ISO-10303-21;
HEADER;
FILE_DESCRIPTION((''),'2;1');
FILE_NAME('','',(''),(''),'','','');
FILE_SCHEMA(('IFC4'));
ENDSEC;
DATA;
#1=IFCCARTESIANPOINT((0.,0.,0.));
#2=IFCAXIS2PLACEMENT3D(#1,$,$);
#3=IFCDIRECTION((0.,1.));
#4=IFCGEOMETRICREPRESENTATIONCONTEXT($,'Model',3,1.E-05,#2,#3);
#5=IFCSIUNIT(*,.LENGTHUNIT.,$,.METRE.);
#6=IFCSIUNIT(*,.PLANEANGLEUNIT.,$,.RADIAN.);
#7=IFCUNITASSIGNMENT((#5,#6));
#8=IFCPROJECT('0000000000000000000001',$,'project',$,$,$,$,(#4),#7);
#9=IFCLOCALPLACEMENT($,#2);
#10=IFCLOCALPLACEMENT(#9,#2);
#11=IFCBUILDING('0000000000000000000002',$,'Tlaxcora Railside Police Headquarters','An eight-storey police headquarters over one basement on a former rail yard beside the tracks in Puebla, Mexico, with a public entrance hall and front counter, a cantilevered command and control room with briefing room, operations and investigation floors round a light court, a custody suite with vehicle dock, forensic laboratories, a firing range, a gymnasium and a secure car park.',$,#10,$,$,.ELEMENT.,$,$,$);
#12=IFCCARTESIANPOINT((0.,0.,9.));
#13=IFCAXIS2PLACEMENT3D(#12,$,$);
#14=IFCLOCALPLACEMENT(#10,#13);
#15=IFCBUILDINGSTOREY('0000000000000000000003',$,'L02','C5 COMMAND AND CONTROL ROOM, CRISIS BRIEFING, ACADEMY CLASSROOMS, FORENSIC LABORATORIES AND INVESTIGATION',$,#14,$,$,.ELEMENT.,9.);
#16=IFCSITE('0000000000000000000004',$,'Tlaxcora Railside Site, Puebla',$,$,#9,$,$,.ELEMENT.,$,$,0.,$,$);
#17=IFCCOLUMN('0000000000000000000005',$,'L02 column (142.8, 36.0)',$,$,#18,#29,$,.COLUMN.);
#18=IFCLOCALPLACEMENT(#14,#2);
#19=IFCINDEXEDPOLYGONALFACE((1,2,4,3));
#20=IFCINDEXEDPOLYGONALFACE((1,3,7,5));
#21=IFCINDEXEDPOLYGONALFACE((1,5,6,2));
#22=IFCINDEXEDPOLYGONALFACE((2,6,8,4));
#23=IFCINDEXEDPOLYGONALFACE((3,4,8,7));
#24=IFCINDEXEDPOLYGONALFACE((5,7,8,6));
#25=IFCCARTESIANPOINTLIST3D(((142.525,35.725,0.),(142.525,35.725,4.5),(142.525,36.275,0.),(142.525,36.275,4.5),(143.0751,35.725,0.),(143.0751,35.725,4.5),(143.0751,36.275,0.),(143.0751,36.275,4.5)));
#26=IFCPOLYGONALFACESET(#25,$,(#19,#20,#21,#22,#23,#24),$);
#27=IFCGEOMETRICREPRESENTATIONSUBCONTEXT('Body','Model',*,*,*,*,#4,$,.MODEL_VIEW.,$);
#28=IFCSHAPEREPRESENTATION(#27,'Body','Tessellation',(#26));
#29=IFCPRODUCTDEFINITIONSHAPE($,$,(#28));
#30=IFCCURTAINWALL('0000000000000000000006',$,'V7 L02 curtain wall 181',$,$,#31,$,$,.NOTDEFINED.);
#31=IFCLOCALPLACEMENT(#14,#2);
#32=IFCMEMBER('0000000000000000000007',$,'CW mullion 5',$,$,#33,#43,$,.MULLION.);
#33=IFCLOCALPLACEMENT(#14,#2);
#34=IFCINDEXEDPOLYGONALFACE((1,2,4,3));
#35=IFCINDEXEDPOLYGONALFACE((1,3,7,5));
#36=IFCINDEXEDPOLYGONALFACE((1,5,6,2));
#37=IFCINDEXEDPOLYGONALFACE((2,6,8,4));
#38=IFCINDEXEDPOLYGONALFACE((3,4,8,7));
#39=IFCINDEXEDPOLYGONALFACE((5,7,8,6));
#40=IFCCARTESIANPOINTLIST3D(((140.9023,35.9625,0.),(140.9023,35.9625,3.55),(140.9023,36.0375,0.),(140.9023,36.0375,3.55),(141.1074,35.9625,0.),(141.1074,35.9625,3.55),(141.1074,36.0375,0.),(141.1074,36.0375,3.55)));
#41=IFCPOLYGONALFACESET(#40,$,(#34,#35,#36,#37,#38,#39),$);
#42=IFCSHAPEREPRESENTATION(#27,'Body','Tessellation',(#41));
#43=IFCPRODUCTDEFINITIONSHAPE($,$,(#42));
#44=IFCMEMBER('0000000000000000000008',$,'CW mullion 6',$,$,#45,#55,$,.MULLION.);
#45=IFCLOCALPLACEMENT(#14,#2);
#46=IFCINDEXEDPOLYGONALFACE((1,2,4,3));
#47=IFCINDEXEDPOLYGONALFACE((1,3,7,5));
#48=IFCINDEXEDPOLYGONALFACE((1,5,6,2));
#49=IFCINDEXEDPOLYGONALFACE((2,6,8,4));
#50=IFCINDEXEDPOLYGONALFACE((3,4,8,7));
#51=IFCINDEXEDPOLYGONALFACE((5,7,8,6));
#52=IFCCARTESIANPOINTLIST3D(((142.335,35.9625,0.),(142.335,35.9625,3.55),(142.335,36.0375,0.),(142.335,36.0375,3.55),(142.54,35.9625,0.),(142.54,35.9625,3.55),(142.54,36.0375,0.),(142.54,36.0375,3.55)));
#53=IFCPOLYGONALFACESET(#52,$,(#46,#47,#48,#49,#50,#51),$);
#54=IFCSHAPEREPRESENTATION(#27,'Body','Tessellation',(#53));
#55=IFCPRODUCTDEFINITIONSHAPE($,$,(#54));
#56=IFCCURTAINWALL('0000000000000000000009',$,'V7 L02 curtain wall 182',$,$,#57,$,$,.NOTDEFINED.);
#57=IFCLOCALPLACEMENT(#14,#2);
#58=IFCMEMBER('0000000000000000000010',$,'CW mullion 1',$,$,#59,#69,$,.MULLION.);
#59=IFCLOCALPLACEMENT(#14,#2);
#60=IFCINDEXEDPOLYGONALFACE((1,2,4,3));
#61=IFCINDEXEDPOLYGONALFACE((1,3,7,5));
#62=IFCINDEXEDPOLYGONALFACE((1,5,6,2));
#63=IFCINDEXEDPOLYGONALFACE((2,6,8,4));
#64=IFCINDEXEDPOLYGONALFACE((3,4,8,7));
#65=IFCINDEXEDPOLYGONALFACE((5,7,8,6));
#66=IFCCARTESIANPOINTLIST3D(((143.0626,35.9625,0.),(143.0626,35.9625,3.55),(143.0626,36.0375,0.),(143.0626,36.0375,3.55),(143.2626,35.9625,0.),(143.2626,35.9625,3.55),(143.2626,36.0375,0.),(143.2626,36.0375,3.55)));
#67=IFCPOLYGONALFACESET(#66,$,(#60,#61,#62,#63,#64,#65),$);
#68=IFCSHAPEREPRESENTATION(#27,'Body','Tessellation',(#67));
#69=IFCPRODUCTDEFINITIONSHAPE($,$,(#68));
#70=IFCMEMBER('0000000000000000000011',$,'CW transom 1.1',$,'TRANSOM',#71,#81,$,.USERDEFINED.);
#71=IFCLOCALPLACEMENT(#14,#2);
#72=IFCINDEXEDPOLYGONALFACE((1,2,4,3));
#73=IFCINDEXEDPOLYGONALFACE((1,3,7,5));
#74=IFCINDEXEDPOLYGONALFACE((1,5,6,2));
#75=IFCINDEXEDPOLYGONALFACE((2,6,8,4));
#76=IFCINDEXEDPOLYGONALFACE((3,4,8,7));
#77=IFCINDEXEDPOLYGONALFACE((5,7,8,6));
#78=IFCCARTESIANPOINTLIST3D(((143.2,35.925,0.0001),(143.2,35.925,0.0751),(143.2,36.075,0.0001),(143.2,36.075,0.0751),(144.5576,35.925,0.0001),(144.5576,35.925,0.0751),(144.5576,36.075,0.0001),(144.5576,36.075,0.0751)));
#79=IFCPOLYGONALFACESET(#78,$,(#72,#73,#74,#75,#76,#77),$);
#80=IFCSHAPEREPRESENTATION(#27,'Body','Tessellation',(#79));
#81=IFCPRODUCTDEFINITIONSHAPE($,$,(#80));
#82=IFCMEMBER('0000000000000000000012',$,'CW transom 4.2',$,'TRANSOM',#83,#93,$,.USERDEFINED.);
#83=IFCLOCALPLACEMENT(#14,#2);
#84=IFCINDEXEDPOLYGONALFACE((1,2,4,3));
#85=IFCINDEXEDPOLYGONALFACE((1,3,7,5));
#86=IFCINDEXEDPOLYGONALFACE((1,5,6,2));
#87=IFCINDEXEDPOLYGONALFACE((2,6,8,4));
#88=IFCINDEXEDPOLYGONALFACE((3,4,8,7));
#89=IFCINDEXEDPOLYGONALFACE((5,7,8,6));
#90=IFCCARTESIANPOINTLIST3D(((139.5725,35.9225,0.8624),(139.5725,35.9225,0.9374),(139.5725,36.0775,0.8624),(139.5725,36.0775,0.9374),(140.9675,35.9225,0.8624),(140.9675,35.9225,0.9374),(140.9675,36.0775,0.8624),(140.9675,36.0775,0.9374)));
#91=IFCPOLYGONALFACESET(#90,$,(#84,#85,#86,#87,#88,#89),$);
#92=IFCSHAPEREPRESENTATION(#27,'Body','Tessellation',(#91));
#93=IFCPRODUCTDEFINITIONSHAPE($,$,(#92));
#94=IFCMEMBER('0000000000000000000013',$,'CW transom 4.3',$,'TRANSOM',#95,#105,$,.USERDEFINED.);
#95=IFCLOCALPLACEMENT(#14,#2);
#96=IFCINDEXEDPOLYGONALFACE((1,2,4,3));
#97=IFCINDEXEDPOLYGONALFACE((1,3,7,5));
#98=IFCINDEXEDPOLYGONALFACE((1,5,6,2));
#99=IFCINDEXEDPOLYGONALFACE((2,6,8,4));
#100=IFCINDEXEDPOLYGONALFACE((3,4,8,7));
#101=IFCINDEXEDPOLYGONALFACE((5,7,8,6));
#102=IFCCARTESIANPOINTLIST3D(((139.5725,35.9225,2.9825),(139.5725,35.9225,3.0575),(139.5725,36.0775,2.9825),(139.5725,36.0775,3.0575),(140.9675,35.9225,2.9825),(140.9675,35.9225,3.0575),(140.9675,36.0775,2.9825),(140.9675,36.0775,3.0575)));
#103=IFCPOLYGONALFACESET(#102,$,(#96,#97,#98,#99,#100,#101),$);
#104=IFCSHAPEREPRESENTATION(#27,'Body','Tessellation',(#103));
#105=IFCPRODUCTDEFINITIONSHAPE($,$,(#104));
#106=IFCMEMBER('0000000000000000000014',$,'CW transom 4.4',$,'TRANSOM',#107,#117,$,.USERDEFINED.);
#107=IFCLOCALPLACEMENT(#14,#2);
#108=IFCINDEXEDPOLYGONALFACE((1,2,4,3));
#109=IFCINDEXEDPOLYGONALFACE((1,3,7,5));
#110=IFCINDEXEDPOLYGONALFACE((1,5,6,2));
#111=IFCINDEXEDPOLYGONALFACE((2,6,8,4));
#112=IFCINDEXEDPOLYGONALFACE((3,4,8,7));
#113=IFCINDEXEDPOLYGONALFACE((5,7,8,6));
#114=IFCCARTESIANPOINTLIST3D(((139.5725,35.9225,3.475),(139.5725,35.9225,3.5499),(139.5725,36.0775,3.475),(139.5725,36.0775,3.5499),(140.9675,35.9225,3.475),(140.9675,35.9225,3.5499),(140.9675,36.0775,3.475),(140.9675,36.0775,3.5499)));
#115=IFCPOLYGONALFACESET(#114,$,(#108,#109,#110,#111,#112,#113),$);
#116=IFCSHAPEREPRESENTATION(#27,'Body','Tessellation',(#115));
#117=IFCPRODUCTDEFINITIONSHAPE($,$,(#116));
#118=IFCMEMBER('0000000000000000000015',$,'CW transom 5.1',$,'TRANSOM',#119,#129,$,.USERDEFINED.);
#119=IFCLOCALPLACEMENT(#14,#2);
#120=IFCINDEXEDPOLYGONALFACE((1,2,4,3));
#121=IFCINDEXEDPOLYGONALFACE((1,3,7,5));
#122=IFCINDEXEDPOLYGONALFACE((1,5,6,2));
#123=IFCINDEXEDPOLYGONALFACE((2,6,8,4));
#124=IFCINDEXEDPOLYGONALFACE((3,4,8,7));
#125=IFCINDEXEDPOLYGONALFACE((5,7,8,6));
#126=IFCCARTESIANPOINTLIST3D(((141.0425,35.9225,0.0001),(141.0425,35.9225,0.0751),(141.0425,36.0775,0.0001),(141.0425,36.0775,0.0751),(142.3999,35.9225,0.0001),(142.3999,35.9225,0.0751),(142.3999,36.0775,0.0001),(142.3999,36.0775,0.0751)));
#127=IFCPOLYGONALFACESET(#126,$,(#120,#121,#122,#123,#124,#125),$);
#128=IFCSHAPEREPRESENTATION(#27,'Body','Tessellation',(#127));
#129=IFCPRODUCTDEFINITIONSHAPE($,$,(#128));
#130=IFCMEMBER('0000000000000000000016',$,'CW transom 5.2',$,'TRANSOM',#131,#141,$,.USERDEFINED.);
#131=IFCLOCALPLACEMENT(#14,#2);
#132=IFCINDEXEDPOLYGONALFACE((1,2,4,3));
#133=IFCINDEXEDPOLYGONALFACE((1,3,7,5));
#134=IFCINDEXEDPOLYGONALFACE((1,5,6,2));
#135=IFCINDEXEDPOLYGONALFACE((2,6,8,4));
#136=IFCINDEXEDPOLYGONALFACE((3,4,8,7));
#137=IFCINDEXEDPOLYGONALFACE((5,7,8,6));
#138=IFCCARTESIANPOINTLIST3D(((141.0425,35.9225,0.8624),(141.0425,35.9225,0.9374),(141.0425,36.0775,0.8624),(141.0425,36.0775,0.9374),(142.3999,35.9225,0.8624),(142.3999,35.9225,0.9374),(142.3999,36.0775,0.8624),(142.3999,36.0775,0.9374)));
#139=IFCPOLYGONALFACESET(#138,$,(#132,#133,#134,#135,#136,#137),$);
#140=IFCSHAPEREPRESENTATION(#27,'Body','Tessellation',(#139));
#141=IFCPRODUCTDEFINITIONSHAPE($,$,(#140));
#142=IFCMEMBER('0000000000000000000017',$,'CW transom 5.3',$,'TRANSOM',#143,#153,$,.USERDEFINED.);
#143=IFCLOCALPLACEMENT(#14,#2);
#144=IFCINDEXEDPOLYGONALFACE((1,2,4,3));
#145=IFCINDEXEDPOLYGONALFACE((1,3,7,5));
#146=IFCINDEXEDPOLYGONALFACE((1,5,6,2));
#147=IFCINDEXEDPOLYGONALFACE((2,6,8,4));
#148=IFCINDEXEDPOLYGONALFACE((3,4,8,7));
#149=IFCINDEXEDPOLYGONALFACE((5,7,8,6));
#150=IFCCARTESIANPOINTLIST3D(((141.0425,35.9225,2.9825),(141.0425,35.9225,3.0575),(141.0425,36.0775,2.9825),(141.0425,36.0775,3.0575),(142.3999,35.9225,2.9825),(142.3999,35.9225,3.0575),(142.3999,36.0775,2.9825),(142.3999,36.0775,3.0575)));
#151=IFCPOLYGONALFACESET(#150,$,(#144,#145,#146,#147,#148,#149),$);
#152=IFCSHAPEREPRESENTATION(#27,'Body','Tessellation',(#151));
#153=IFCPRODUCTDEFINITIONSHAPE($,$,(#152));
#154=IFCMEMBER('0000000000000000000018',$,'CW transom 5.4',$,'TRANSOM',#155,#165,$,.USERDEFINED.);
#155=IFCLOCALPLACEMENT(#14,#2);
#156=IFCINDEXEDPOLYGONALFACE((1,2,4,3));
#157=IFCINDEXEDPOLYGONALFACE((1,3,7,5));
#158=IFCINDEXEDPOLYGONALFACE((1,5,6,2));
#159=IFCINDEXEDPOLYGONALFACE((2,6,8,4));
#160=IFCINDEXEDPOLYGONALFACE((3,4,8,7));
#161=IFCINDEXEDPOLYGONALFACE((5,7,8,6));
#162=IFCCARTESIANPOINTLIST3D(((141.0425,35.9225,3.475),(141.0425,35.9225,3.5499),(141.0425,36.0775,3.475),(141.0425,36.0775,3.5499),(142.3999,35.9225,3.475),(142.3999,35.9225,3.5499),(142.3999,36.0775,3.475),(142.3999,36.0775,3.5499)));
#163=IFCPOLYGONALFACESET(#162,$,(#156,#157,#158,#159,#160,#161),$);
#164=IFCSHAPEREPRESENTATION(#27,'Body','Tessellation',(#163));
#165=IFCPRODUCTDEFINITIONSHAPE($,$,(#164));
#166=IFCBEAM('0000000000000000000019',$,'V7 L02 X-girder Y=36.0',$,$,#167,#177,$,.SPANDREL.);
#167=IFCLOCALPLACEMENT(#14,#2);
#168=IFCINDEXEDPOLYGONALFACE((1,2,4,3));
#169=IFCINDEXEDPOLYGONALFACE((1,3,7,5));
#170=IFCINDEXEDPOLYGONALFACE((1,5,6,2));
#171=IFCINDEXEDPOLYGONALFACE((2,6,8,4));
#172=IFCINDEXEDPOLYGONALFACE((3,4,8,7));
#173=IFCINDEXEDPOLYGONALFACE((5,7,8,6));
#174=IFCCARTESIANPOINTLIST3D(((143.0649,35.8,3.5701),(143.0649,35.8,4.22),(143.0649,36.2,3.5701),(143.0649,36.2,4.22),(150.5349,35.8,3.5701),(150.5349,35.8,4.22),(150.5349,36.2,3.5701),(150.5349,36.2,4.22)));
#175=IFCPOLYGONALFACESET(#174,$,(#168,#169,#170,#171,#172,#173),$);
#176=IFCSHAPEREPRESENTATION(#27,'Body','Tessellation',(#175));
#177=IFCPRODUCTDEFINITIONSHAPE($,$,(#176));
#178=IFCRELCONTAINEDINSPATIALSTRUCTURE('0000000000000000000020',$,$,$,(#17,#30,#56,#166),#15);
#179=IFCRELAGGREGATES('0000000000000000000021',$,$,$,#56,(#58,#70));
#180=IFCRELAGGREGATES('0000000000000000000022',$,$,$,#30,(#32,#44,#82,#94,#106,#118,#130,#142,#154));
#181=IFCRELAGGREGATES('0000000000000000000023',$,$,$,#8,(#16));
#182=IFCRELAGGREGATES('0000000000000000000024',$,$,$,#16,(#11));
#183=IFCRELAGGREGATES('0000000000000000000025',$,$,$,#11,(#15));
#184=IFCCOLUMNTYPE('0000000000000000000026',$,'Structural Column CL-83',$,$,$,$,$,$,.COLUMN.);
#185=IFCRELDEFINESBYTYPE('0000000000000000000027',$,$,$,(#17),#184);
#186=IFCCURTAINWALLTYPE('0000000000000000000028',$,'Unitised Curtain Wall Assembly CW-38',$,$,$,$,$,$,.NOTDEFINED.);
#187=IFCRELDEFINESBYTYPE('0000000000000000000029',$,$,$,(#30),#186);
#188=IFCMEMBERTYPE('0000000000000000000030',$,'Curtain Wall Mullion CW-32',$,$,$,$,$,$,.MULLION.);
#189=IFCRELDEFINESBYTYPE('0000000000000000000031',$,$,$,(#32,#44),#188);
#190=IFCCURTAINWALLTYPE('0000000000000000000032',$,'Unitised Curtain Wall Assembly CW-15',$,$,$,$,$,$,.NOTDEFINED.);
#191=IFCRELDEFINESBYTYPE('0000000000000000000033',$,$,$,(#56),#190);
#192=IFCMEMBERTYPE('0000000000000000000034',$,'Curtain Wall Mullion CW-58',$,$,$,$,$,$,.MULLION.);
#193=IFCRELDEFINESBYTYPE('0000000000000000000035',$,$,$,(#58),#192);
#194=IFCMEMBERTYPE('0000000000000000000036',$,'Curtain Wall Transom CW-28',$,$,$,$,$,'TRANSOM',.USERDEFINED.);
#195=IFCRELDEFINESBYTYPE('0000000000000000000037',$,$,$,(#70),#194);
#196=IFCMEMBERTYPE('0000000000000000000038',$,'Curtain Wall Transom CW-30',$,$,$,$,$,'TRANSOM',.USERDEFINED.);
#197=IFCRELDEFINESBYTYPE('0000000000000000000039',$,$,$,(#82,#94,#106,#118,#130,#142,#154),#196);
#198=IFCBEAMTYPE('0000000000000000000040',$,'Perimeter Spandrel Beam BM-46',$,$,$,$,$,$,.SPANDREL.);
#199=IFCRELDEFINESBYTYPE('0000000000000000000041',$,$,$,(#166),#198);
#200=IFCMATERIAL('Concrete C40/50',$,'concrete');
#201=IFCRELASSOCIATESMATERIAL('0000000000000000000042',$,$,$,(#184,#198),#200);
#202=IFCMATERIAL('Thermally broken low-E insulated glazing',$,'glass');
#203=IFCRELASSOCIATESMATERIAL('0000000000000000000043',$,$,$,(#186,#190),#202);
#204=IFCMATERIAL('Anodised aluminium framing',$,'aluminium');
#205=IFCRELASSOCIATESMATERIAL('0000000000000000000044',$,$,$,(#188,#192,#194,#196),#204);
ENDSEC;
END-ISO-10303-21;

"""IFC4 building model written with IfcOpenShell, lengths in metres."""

from ifc_helpers import new_model, si_unit, direction, frame, origin, origin_2d, place, context, subcontext, project, spatial, rectangle, extrude, material, material_profile, profile_set, type_object, element, aggregate, save


model = new_model("IFC4")

# Units and contexts
model_context = context("Model", 3, precision=1e-05, world=origin(), true_north=direction((0.0, 1.0)))
body_context = subcontext(model_context, "Body", "Model", "MODEL_VIEW")
ifc_project = project(units=[si_unit("LENGTHUNIT", "METRE"), si_unit("PLANEANGLEUNIT", "RADIAN")], contexts=[model_context])

# Site, building, storey
site_placement = place(None, origin())
site = spatial("IfcSite", under=ifc_project, at=site_placement, Name="Tlaxcora Railside Site, Puebla", CompositionType="ELEMENT", RefElevation=0.0)
building_placement = place(site_placement, origin())
building = spatial("IfcBuilding", under=site, at=building_placement, Name="Tlaxcora Railside Police Headquarters", Description="An eight-storey police headquarters over one basement on a former rail yard beside the tracks in Puebla, Mexico, with a public entrance hall and front counter, a cantilevered command and control room with briefing room, operations and investigation floors round a light court, a custody suite with vehicle dock, forensic laboratories, a firing range, a gymnasium and a secure car park.", CompositionType="ELEMENT")
storey_placement = place(building_placement, frame((0.0, 0.0, 9.0)))
storey = spatial("IfcBuildingStorey", under=building, at=storey_placement, Name="L02", Description="C5 COMMAND AND CONTROL ROOM, CRISIS BRIEFING, ACADEMY CLASSROOMS, FORENSIC LABORATORIES AND INVESTIGATION", CompositionType="ELEMENT", Elevation=9.0)

# Column
ifc_material_1 = material(Name="Concrete C40/50", Category="concrete")
ifc_material_profile_1 = material_profile(ifc_material_1, rectangle(XDim=0.55, YDim=0.55, at=origin_2d()), Name="RC550X550")
ifc_profile_set_1 = profile_set([ifc_material_profile_1], Name="Concrete C40/50")
column_type = type_object("IfcColumnType", Name="Structural Column CL-83", PredefinedType="COLUMN", material=ifc_profile_set_1)
column_placement = place(storey_placement, frame((142.8, 36.0, 0.0), z_axis=(0.0, 0.0, 1.0), x_axis=(1.0, 0.0, 0.0)))
element("IfcColumn", 1, at=column_placement, inside=storey, type_object=column_type, Name="L02 column (142.8, 36.0)", PredefinedType="COLUMN", context=body_context, shape_type="SweptSolid", body=[
    extrude(rectangle(XDim=0.55, YDim=0.55, at=origin_2d()), origin(), (0.0, 0.0, 1.0), 4.5),
])

# Curtain walls, members
ifc_material_2 = material(Name="Thermally broken low-E insulated glazing", Category="glass")
curtain_wall_type_1 = type_object("IfcCurtainWallType", Name="Unitised Curtain Wall Assembly CW-38", PredefinedType="NOTDEFINED", material=ifc_material_2)
curtain_wall_1_placement = place(storey_placement, origin())
curtain_wall_1 = element("IfcCurtainWall", 2, at=curtain_wall_1_placement, inside=storey, type_object=curtain_wall_type_1, Name="V7 L02 curtain wall 181", PredefinedType="NOTDEFINED")
ifc_material_3 = material(Name="Anodised aluminium framing", Category="aluminium")
ifc_material_profile_2 = material_profile(ifc_material_3, rectangle(XDim=0.075, YDim=0.2051, at=origin_2d()), Name="AL75X205")
ifc_profile_set_2 = profile_set([ifc_material_profile_2], Name="Anodised aluminium framing")
member_type_1 = type_object("IfcMemberType", Name="Curtain Wall Mullion CW-32", PredefinedType="MULLION", material=ifc_profile_set_2)
member_1_placement = place(storey_placement, frame((141.0049, 36.0, 0.0), z_axis=(0.0, 0.0, 1.0), x_axis=(0.0, 1.0, 0.0)))
member_1 = element("IfcMember", 3, at=member_1_placement, type_object=member_type_1, Name="CW mullion 5", PredefinedType="MULLION", context=body_context, shape_type="SweptSolid", body=[
    extrude(rectangle(XDim=0.075, YDim=0.2051, at=origin_2d()), origin(), (0.0, 0.0, 1.0), 3.55),
])
member_2_placement = place(storey_placement, frame((142.4375, 36.0, 0.0), z_axis=(0.0, 0.0, 1.0), x_axis=(0.0, 1.0, 0.0)))
member_2 = element("IfcMember", 4, at=member_2_placement, type_object=member_type_1, Name="CW mullion 6", PredefinedType="MULLION", context=body_context, shape_type="SweptSolid", body=[
    extrude(rectangle(XDim=0.075, YDim=0.2051, at=origin_2d()), origin(), (0.0, 0.0, 1.0), 3.55),
])
curtain_wall_type_2 = type_object("IfcCurtainWallType", Name="Unitised Curtain Wall Assembly CW-15", PredefinedType="NOTDEFINED", material=ifc_material_2)
curtain_wall_2_placement = place(storey_placement, origin())
curtain_wall_2 = element("IfcCurtainWall", 5, at=curtain_wall_2_placement, inside=storey, type_object=curtain_wall_type_2, Name="V7 L02 curtain wall 182", PredefinedType="NOTDEFINED")
ifc_material_profile_3 = material_profile(ifc_material_3, rectangle(XDim=0.075, YDim=0.2, at=origin_2d()), Name="AL75X200")
ifc_profile_set_3 = profile_set([ifc_material_profile_3], Name="Anodised aluminium framing")
member_type_2 = type_object("IfcMemberType", Name="Curtain Wall Mullion CW-58", PredefinedType="MULLION", material=ifc_profile_set_3)
member_3_placement = place(storey_placement, frame((143.1626, 36.0, 0.0), z_axis=(0.0, 0.0, 1.0), x_axis=(0.0, 1.0, 0.0)))
member_3 = element("IfcMember", 6, at=member_3_placement, type_object=member_type_2, Name="CW mullion 1", PredefinedType="MULLION", context=body_context, shape_type="SweptSolid", body=[
    extrude(rectangle(XDim=0.075, YDim=0.2, at=origin_2d()), origin(), (0.0, 0.0, 1.0), 3.55),
])
ifc_material_profile_4 = material_profile(ifc_material_3, rectangle(XDim=0.1499, YDim=0.075, at=origin_2d()), Name="AL75X150")
ifc_profile_set_4 = profile_set([ifc_material_profile_4], Name="Anodised aluminium framing")
member_type_3 = type_object("IfcMemberType", Name="Curtain Wall Transom CW-28", ElementType="TRANSOM", PredefinedType="USERDEFINED", material=ifc_profile_set_4)
member_4_placement = place(storey_placement, frame((143.2, 36.0, 0.0376), z_axis=(1.0, 0.0, 0.0), x_axis=(0.0, 1.0, 0.0)))
member_4 = element("IfcMember", 7, at=member_4_placement, type_object=member_type_3, Name="CW transom 1.1", ObjectType="TRANSOM", PredefinedType="USERDEFINED", context=body_context, shape_type="SweptSolid", body=[
    extrude(rectangle(XDim=0.1499, YDim=0.075, at=origin_2d()), origin(), (0.0, 0.0, 1.0), 1.3577),
])
aggregate(curtain_wall_2, [member_3, member_4])

# Members
ifc_material_profile_5 = material_profile(ifc_material_3, rectangle(XDim=0.155, YDim=0.075, at=origin_2d()), Name="AL75X155")
ifc_profile_set_5 = profile_set([ifc_material_profile_5], Name="Anodised aluminium framing")
member_type_4 = type_object("IfcMemberType", Name="Curtain Wall Transom CW-30", ElementType="TRANSOM", PredefinedType="USERDEFINED", material=ifc_profile_set_5)
member_5_placement = place(storey_placement, frame((139.5725, 36.0, 0.8999), z_axis=(1.0, 0.0, 0.0), x_axis=(0.0, 1.0, 0.0)))
member_5 = element("IfcMember", 8, at=member_5_placement, type_object=member_type_4, Name="CW transom 4.2", ObjectType="TRANSOM", PredefinedType="USERDEFINED", context=body_context, shape_type="SweptSolid", body=[
    extrude(rectangle(XDim=0.155, YDim=0.075, at=origin_2d()), origin(), (0.0, 0.0, 1.0), 1.395),
])
member_6_placement = place(storey_placement, frame((139.5725, 36.0, 3.02), z_axis=(1.0, 0.0, 0.0), x_axis=(0.0, 1.0, 0.0)))
member_6 = element("IfcMember", 9, at=member_6_placement, type_object=member_type_4, Name="CW transom 4.3", ObjectType="TRANSOM", PredefinedType="USERDEFINED", context=body_context, shape_type="SweptSolid", body=[
    extrude(rectangle(XDim=0.155, YDim=0.075, at=origin_2d()), origin(), (0.0, 0.0, 1.0), 1.395),
])
member_7_placement = place(storey_placement, frame((139.5725, 36.0, 3.5125), z_axis=(1.0, 0.0, 0.0), x_axis=(0.0, 1.0, 0.0)))
member_7 = element("IfcMember", 10, at=member_7_placement, type_object=member_type_4, Name="CW transom 4.4", ObjectType="TRANSOM", PredefinedType="USERDEFINED", context=body_context, shape_type="SweptSolid", body=[
    extrude(rectangle(XDim=0.155, YDim=0.075, at=origin_2d()), origin(), (0.0, 0.0, 1.0), 1.395),
])
member_8_placement = place(storey_placement, frame((141.0425, 36.0, 0.0376), z_axis=(1.0, 0.0, 0.0), x_axis=(0.0, 1.0, 0.0)))
member_8 = element("IfcMember", 11, at=member_8_placement, type_object=member_type_4, Name="CW transom 5.1", ObjectType="TRANSOM", PredefinedType="USERDEFINED", context=body_context, shape_type="SweptSolid", body=[
    extrude(rectangle(XDim=0.155, YDim=0.075, at=origin_2d()), origin(), (0.0, 0.0, 1.0), 1.3574),
])
member_9_placement = place(storey_placement, frame((141.0425, 36.0, 0.8999), z_axis=(1.0, 0.0, 0.0), x_axis=(0.0, 1.0, 0.0)))
member_9 = element("IfcMember", 12, at=member_9_placement, type_object=member_type_4, Name="CW transom 5.2", ObjectType="TRANSOM", PredefinedType="USERDEFINED", context=body_context, shape_type="SweptSolid", body=[
    extrude(rectangle(XDim=0.155, YDim=0.075, at=origin_2d()), origin(), (0.0, 0.0, 1.0), 1.3574),
])
member_10_placement = place(storey_placement, frame((141.0425, 36.0, 3.02), z_axis=(1.0, 0.0, 0.0), x_axis=(0.0, 1.0, 0.0)))
member_10 = element("IfcMember", 13, at=member_10_placement, type_object=member_type_4, Name="CW transom 5.3", ObjectType="TRANSOM", PredefinedType="USERDEFINED", context=body_context, shape_type="SweptSolid", body=[
    extrude(rectangle(XDim=0.155, YDim=0.075, at=origin_2d()), origin(), (0.0, 0.0, 1.0), 1.3574),
])
member_11_placement = place(storey_placement, frame((141.0425, 36.0, 3.5125), z_axis=(1.0, 0.0, 0.0), x_axis=(0.0, 1.0, 0.0)))
member_11 = element("IfcMember", 14, at=member_11_placement, type_object=member_type_4, Name="CW transom 5.4", ObjectType="TRANSOM", PredefinedType="USERDEFINED", context=body_context, shape_type="SweptSolid", body=[
    extrude(rectangle(XDim=0.155, YDim=0.075, at=origin_2d()), origin(), (0.0, 0.0, 1.0), 1.3574),
])

# Beam
ifc_material_profile_6 = material_profile(ifc_material_1, rectangle(XDim=0.3999, YDim=0.6499, at=origin_2d()), Name="RC400X650")
ifc_profile_set_6 = profile_set([ifc_material_profile_6], Name="Concrete C40/50")
beam_type = type_object("IfcBeamType", Name="Perimeter Spandrel Beam BM-46", PredefinedType="SPANDREL", material=ifc_profile_set_6)
beam_placement = place(storey_placement, frame((143.0649, 36.0, 3.895), z_axis=(1.0, 0.0, 0.0), x_axis=(0.0, 1.0, 0.0)))
element("IfcBeam", 15, at=beam_placement, inside=storey, type_object=beam_type, Name="V7 L02 X-girder Y=36.0", PredefinedType="SPANDREL", context=body_context, shape_type="SweptSolid", body=[
    extrude(rectangle(XDim=0.3999, YDim=0.6499, at=origin_2d()), origin(), (0.0, 0.0, 1.0), 7.47),
])

aggregate(curtain_wall_1, [member_1, member_2, member_5, member_6, member_7, member_8, member_9, member_10, member_11])

save(model, "model.ifc")
